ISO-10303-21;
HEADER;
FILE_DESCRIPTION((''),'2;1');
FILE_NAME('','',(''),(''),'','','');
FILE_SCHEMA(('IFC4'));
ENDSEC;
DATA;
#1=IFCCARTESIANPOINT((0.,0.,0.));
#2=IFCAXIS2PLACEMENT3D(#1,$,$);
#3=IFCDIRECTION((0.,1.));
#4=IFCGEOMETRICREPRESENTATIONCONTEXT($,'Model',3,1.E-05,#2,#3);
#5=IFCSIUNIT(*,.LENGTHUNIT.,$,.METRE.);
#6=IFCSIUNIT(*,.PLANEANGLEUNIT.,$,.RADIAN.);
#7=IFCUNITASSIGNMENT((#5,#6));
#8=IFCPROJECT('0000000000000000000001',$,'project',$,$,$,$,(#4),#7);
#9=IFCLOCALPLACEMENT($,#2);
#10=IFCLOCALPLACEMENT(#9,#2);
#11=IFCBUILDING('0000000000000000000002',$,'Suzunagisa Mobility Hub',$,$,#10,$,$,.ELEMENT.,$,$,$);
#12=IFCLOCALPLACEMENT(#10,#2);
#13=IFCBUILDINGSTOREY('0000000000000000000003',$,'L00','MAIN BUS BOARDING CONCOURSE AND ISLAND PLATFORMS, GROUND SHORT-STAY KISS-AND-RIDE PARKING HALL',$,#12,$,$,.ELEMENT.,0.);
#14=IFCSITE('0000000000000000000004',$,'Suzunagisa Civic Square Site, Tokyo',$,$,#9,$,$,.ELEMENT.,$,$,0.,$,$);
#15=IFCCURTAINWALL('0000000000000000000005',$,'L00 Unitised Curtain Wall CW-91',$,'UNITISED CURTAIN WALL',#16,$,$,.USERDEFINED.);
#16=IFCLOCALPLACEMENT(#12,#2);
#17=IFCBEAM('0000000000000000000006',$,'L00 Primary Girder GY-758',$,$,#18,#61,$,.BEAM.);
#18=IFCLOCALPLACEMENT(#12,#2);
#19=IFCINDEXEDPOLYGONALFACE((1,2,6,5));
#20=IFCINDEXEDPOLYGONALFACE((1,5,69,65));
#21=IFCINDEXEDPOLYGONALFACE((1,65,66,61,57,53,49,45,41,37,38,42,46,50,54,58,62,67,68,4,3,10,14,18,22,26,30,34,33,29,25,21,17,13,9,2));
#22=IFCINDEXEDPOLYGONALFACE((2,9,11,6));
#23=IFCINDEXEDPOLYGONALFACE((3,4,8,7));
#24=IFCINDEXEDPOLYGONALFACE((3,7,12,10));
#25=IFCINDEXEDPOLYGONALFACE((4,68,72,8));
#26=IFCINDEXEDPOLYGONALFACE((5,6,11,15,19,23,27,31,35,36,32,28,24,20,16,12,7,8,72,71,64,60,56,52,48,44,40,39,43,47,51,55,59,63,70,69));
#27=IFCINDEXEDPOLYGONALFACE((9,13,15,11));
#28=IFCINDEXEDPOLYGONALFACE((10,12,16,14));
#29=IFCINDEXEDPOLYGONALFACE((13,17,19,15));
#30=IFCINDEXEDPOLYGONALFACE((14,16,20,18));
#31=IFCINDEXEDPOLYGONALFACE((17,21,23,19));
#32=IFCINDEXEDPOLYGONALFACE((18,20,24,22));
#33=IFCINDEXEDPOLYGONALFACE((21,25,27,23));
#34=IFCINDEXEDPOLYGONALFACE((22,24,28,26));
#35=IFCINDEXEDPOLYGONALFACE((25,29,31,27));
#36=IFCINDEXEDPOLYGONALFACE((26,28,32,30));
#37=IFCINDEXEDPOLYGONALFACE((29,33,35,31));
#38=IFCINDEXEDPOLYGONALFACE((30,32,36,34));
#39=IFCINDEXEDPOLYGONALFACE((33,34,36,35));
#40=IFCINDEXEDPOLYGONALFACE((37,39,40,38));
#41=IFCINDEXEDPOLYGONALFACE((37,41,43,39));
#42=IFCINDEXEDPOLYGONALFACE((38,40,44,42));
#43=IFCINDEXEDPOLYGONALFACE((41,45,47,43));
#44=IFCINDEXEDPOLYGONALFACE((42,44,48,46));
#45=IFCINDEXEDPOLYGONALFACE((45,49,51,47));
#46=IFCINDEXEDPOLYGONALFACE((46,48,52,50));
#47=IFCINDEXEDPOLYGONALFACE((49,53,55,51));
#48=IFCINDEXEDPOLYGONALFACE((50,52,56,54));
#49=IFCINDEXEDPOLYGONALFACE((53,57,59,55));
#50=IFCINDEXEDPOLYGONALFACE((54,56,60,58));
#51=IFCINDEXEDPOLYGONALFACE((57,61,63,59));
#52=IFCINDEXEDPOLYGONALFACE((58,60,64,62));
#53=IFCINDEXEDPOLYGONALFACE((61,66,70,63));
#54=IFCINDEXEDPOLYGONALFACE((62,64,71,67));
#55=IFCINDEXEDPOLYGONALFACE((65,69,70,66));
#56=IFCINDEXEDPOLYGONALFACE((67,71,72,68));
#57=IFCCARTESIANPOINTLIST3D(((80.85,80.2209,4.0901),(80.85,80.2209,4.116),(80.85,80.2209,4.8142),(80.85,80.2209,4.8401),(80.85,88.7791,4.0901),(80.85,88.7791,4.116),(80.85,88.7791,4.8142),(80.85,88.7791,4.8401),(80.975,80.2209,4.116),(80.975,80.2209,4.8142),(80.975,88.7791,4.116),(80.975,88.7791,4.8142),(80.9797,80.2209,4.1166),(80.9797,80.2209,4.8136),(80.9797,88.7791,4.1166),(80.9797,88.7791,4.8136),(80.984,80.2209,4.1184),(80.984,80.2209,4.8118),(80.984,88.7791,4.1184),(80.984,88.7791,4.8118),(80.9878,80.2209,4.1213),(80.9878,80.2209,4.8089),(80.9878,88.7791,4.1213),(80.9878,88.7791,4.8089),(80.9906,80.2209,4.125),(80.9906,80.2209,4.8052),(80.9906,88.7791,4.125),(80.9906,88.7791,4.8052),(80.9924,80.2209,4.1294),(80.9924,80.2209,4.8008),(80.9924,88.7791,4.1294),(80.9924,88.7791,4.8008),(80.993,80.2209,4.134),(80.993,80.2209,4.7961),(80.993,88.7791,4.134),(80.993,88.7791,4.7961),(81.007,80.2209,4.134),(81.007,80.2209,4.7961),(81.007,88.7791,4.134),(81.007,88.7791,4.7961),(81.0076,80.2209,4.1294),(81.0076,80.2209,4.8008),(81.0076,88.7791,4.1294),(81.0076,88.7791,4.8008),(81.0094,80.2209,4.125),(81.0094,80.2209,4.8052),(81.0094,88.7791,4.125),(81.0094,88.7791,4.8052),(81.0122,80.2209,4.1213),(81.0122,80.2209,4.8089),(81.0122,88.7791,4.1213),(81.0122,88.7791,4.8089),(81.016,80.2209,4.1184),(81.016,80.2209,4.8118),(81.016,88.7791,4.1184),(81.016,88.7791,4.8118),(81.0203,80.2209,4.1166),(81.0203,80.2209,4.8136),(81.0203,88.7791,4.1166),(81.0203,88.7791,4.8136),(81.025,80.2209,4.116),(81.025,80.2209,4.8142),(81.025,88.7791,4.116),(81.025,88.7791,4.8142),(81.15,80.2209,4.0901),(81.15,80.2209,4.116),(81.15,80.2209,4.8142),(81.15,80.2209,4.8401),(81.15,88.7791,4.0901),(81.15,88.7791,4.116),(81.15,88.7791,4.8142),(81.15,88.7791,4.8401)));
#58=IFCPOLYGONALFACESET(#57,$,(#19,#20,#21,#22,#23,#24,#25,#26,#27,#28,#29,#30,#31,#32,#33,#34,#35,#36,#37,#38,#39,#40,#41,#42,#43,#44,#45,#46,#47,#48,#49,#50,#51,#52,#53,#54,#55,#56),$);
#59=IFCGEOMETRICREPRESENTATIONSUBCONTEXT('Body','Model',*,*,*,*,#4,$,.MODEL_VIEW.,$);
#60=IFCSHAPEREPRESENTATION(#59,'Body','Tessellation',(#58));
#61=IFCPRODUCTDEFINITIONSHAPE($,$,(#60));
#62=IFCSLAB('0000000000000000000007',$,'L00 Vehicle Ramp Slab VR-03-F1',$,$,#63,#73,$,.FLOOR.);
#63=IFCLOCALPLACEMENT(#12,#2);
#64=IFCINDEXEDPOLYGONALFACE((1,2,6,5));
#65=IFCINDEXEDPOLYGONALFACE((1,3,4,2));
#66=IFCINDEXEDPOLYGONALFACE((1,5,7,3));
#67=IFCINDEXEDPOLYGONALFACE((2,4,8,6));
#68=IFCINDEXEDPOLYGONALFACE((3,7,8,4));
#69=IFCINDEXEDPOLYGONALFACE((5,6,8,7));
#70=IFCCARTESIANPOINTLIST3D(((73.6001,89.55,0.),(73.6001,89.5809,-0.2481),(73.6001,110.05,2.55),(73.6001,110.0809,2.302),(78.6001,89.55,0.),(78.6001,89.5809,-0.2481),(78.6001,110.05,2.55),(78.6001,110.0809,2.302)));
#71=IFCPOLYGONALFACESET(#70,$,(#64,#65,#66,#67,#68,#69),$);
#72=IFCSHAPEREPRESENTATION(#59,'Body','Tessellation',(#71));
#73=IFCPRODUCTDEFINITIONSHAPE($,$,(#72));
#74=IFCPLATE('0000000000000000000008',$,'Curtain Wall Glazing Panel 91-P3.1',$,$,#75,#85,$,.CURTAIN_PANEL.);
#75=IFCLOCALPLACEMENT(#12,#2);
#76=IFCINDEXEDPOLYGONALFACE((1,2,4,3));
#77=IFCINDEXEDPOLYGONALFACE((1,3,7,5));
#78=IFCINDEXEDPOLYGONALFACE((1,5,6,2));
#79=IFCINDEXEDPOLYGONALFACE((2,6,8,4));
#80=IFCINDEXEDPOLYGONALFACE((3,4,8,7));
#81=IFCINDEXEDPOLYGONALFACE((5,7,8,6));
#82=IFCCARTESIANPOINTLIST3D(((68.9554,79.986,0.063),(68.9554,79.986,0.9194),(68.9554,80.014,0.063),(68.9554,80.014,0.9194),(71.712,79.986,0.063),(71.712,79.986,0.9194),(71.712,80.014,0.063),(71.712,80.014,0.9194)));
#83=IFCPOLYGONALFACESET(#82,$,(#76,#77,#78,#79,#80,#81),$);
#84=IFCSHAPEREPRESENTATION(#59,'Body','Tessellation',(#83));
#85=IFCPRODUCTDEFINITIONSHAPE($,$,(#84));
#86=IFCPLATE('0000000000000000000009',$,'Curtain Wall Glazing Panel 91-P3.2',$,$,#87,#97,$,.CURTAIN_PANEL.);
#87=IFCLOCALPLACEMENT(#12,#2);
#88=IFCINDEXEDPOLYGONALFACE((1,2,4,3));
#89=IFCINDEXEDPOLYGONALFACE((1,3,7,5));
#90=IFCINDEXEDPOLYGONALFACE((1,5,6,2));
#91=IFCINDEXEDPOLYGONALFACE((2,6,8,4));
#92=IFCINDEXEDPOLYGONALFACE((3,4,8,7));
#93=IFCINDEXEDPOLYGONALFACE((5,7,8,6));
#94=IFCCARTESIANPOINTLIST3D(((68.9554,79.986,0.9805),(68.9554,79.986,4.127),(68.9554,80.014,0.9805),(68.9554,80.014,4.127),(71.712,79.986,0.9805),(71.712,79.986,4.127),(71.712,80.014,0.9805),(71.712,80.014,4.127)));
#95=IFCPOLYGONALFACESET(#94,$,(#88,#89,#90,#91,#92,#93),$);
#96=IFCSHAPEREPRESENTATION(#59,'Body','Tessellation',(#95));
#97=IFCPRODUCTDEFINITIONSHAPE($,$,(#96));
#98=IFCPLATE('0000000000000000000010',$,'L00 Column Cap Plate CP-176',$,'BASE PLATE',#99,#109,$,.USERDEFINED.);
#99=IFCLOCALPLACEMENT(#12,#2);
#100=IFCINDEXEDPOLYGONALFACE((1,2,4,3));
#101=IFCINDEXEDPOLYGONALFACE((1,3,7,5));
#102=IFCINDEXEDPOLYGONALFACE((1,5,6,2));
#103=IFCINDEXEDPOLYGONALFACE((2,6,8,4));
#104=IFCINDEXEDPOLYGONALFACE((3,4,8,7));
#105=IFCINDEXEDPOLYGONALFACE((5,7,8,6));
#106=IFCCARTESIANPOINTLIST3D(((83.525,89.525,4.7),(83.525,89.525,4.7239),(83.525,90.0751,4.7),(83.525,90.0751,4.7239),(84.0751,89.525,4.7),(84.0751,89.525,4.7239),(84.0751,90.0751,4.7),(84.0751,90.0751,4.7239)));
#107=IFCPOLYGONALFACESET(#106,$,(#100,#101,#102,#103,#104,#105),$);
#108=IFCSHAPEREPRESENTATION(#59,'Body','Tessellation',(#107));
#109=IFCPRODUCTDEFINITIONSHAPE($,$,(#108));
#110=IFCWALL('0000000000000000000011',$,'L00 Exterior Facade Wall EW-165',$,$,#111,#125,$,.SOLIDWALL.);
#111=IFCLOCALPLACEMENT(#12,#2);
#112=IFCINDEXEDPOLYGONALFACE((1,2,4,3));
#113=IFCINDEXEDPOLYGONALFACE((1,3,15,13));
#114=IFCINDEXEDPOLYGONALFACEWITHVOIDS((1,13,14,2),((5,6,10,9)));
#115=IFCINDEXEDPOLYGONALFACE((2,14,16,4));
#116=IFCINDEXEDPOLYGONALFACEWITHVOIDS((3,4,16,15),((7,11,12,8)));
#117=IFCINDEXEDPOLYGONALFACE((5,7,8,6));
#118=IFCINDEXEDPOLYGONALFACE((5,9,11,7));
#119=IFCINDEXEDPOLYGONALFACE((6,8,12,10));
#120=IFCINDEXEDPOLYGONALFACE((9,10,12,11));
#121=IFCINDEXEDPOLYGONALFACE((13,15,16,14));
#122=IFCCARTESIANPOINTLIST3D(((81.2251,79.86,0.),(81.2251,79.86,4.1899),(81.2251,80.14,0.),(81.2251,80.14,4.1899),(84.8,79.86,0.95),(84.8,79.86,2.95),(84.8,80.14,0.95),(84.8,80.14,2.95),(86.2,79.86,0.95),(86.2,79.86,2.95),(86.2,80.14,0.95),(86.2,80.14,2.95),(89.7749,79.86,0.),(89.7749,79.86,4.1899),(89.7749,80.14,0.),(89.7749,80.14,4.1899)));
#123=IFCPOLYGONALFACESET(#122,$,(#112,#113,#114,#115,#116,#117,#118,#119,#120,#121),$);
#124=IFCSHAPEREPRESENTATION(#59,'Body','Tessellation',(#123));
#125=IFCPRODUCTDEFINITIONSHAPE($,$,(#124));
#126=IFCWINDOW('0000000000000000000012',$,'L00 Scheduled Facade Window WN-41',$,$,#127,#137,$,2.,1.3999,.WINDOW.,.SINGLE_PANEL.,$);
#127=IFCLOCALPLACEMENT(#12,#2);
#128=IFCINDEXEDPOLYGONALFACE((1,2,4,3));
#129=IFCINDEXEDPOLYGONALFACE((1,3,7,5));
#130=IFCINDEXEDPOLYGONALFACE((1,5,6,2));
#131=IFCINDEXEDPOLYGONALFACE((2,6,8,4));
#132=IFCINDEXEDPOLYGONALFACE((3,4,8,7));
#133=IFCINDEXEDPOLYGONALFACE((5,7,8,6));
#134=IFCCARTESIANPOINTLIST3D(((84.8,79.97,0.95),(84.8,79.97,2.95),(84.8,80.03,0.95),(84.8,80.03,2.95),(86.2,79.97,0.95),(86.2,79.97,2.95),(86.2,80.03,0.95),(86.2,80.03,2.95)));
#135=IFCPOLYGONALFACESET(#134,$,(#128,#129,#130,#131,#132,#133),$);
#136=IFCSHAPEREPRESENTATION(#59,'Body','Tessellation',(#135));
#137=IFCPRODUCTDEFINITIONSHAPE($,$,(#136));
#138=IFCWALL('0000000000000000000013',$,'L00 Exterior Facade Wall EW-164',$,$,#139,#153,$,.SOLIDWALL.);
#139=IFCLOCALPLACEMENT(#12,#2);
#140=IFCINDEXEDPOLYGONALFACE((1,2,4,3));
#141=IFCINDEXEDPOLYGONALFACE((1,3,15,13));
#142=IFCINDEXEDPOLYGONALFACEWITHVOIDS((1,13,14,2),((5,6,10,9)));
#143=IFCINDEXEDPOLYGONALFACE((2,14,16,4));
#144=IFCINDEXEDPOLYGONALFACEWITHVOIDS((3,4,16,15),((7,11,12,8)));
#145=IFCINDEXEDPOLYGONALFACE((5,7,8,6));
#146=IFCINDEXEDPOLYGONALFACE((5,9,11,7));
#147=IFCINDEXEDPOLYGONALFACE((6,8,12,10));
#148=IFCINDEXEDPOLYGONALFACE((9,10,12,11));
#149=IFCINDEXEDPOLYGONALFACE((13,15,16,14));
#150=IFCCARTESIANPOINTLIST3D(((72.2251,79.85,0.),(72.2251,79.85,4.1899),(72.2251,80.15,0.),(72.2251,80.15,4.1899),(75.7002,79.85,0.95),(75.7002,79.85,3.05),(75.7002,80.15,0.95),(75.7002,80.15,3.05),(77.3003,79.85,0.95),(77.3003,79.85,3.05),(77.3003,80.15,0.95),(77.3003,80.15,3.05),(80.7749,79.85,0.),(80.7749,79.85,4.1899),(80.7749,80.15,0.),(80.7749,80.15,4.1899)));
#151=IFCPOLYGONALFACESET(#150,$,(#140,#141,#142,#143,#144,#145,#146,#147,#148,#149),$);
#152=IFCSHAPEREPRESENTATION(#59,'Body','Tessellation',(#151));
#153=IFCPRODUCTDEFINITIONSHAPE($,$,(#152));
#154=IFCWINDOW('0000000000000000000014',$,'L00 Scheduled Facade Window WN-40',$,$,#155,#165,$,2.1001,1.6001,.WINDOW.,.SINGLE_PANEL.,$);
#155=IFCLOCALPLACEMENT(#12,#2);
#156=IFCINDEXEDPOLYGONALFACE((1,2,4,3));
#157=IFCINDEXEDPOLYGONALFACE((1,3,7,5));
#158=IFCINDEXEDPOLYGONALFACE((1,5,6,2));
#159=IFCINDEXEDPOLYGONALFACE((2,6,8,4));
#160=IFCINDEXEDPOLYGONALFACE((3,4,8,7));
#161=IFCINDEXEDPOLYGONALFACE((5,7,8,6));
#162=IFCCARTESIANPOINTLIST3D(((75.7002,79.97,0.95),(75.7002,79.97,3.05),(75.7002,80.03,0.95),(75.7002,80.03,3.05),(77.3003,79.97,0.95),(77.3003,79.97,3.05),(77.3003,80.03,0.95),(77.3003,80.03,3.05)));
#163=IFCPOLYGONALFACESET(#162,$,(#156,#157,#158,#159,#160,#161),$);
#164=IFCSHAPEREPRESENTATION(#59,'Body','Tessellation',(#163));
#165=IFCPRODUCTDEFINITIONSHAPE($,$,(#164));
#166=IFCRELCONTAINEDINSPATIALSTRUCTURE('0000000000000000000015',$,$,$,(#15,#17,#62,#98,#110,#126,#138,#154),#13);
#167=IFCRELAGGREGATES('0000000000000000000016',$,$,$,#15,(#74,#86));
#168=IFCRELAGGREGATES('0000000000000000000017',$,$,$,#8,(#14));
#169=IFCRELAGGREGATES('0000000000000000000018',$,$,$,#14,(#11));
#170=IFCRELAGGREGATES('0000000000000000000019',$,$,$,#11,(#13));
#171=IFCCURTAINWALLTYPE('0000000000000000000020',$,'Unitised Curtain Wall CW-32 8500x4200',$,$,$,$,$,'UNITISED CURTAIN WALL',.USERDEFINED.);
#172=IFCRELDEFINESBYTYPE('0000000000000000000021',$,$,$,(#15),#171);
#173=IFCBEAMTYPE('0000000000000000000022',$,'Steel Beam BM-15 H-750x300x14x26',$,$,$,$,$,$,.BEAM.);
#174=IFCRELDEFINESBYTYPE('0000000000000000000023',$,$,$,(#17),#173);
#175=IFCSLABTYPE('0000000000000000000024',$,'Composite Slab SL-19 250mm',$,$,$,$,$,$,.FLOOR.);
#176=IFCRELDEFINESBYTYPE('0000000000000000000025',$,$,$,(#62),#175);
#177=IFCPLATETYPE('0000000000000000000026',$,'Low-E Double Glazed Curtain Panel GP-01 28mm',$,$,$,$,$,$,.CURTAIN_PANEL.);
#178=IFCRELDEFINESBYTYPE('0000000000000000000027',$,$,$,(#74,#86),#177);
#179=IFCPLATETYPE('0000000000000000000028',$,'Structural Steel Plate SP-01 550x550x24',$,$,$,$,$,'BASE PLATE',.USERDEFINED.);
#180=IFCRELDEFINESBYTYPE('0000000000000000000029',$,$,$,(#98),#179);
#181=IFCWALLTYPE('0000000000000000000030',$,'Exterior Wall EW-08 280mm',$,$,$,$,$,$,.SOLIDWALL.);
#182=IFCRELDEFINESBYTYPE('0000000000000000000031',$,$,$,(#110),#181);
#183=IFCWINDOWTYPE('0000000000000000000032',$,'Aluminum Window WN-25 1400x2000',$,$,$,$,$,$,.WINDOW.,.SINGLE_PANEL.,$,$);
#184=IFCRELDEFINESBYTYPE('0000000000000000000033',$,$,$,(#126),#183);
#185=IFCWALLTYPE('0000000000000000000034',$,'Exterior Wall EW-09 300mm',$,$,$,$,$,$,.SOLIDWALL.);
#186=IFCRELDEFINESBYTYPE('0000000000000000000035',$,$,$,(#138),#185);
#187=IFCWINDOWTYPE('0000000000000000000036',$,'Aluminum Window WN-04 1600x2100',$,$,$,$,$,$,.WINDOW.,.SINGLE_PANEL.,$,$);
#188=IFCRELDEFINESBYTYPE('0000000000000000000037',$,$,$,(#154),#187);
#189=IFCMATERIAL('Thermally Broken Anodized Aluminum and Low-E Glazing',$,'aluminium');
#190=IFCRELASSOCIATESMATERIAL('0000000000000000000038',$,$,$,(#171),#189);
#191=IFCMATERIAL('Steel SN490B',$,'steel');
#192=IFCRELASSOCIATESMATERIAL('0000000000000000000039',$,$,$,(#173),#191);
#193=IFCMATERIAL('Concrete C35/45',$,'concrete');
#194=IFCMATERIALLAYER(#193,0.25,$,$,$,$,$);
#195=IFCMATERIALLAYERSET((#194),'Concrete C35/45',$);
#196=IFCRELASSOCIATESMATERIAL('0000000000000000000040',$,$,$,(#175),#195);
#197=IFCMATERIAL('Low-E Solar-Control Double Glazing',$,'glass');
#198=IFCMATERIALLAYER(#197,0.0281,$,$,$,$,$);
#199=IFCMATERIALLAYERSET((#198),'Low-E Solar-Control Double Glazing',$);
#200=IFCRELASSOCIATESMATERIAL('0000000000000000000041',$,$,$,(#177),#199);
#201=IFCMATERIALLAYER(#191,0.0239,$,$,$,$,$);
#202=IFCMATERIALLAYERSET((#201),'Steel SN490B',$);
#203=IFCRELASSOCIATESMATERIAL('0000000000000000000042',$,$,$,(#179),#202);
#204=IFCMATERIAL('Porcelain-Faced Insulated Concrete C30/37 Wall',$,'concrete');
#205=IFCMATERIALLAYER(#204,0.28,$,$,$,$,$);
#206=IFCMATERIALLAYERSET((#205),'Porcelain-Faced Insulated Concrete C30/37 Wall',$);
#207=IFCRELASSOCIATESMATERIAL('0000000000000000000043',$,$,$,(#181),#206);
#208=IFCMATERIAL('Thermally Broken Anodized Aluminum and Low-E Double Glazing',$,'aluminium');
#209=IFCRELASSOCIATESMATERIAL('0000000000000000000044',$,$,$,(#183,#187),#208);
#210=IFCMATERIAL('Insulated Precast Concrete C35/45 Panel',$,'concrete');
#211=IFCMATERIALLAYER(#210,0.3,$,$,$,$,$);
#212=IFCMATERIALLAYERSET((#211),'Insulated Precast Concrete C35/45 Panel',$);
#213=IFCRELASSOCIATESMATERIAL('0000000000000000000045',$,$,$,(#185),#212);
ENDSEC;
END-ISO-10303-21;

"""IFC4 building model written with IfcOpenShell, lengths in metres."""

from ifc_helpers import new_model, si_unit, direction, frame, frame_2d, origin, origin_2d, place, context, subcontext, project, spatial, polyline, rectangle, i_section, outline, extrude, material, layer, layer_set, material_profile, profile_set, type_object, element, fill, aggregate, save


model = new_model("IFC4")

# Units and contexts
model_context = context("Model", 3, precision=1e-05, world=origin(), true_north=direction((0.0, 1.0)))
body_context = subcontext(model_context, "Body", "Model", "MODEL_VIEW")
ifc_project = project(units=[si_unit("LENGTHUNIT", "METRE"), si_unit("PLANEANGLEUNIT", "RADIAN")], contexts=[model_context])

# Site, building, storey
site_placement = place(None, origin())
site = spatial("IfcSite", under=ifc_project, at=site_placement, Name="Suzunagisa Civic Square Site, Tokyo", CompositionType="ELEMENT", RefElevation=0.0)
building_placement = place(site_placement, origin())
building = spatial("IfcBuilding", under=site, at=building_placement, Name="Suzunagisa Mobility Hub", CompositionType="ELEMENT")
storey_placement = place(building_placement, origin())
storey = spatial("IfcBuildingStorey", under=building, at=storey_placement, Name="L00", Description="MAIN BUS BOARDING CONCOURSE AND ISLAND PLATFORMS, GROUND SHORT-STAY KISS-AND-RIDE PARKING HALL", CompositionType="ELEMENT", Elevation=0.0)

# Shared definitions
ifc_material_1 = material(Name="Steel SN490B", Category="steel")

# Curtain wall
ifc_material_2 = material(Name="Thermally Broken Anodized Aluminum and Low-E Glazing", Category="aluminium")
curtain_wall_type = type_object("IfcCurtainWallType", Name="Unitised Curtain Wall CW-32 8500x4200", ElementType="UNITISED CURTAIN WALL", PredefinedType="USERDEFINED", material=ifc_material_2)
curtain_wall_placement = place(storey_placement, origin())
curtain_wall = element("IfcCurtainWall", 1, at=curtain_wall_placement, inside=storey, type_object=curtain_wall_type, Name="L00 Unitised Curtain Wall CW-91", ObjectType="UNITISED CURTAIN WALL", PredefinedType="USERDEFINED")

# Beam
ifc_material_profile_1 = material_profile(ifc_material_1, i_section(OverallWidth=0.3, OverallDepth=0.75, WebThickness=0.0139, FlangeThickness=0.0259, FilletRadius=0.0181, at=origin_2d()), Name="H-750x300x14x26")
ifc_profile_set_1 = profile_set([ifc_material_profile_1], Name="Steel SN490B")
beam_type_1 = type_object("IfcBeamType", Name="Steel Beam BM-15 H-750x300x14x26", PredefinedType="BEAM", material=ifc_profile_set_1)
beam_1_placement = place(storey_placement, frame((81.0, 80.2209, 4.4651), z_axis=(0.0, 1.0, 0.0), x_axis=(-1.0, 0.0, 0.0)))
element("IfcBeam", 2, at=beam_1_placement, inside=storey, type_object=beam_type_1, Name="L00 Primary Girder GY-758", PredefinedType="BEAM", context=body_context, shape_type="SweptSolid", body=[
    extrude(i_section(OverallWidth=0.3, OverallDepth=0.75, WebThickness=0.0139, FlangeThickness=0.0259, FilletRadius=0.0181, at=origin_2d()), origin(), (0.0, 0.0, 1.0), 8.5581),
])

# Slab
ifc_material_3 = material(Name="Concrete C35/45", Category="concrete")
ifc_layer_1 = layer(ifc_material_3, 0.25)
ifc_layer_set_1 = layer_set([ifc_layer_1], Name="Concrete C35/45")
slab_type = type_object("IfcSlabType", Name="Composite Slab SL-19 250mm", PredefinedType="FLOOR", material=ifc_layer_set_1)
slab_placement = place(storey_placement, frame((73.6001, 89.55, 0.0), z_axis=(0.0, -0.123441, 0.992352), x_axis=(1.0, 0.0, 0.0)))
element("IfcSlab", 3, at=slab_placement, inside=storey, type_object=slab_type, Name="L00 Vehicle Ramp Slab VR-03-F1", PredefinedType="FLOOR", context=body_context, shape_type="SweptSolid", body=[
    extrude(outline(polyline([(0.0, 0.0), (5.0, 0.0), (5.0, 20.658), (0.0, 20.658), (0.0, 0.0)])), origin(), (0.0, 0.0, -1.0), 0.25),
])

# Plates
ifc_material_4 = material(Name="Low-E Solar-Control Double Glazing", Category="glass")
ifc_layer_2 = layer(ifc_material_4, 0.0281)
ifc_layer_set_2 = layer_set([ifc_layer_2], Name="Low-E Solar-Control Double Glazing")
plate_type_1 = type_object("IfcPlateType", Name="Low-E Double Glazed Curtain Panel GP-01 28mm", PredefinedType="CURTAIN_PANEL", material=ifc_layer_set_2)
plate_1_placement = place(storey_placement, frame((70.3337, 80.0, 0.063), z_axis=(0.0, 0.0, 1.0), x_axis=(1.0, 0.0, 0.0)))
plate_1 = element("IfcPlate", 4, at=plate_1_placement, type_object=plate_type_1, Name="Curtain Wall Glazing Panel 91-P3.1", PredefinedType="CURTAIN_PANEL", context=body_context, shape_type="SweptSolid", body=[
    extrude(rectangle(XDim=2.7566, YDim=0.0281, at=origin_2d()), origin(), (0.0, 0.0, 1.0), 0.8564),
])
plate_2_placement = place(storey_placement, frame((70.3337, 80.0, 0.9805), z_axis=(0.0, 0.0, 1.0), x_axis=(1.0, 0.0, 0.0)))
plate_2 = element("IfcPlate", 5, at=plate_2_placement, type_object=plate_type_1, Name="Curtain Wall Glazing Panel 91-P3.2", PredefinedType="CURTAIN_PANEL", context=body_context, shape_type="SweptSolid", body=[
    extrude(rectangle(XDim=2.7566, YDim=0.0281, at=origin_2d()), origin(), (0.0, 0.0, 1.0), 3.1465),
])
aggregate(curtain_wall, [plate_1, plate_2])
ifc_layer_3 = layer(ifc_material_1, 0.0239)
ifc_layer_set_3 = layer_set([ifc_layer_3], Name="Steel SN490B")
plate_type_2 = type_object("IfcPlateType", Name="Structural Steel Plate SP-01 550x550x24", ElementType="BASE PLATE", PredefinedType="USERDEFINED", material=ifc_layer_set_3)
plate_3_placement = place(storey_placement, frame((83.8, 89.8, 4.7), z_axis=(0.0, 0.0, 1.0), x_axis=(1.0, 0.0, 0.0)))
element("IfcPlate", 6, at=plate_3_placement, inside=storey, type_object=plate_type_2, Name="L00 Column Cap Plate CP-176", ObjectType="BASE PLATE", PredefinedType="USERDEFINED", context=body_context, shape_type="SweptSolid", body=[
    extrude(rectangle(XDim=0.55, YDim=0.55, at=origin_2d()), origin(), (0.0, 0.0, 1.0), 0.0239),
])

# Walls, openings, windows
ifc_material_5 = material(Name="Porcelain-Faced Insulated Concrete C30/37 Wall", Category="concrete")
ifc_layer_4 = layer(ifc_material_5, 0.28)
ifc_layer_set_4 = layer_set([ifc_layer_4], Name="Porcelain-Faced Insulated Concrete C30/37 Wall")
wall_type_1 = type_object("IfcWallType", Name="Exterior Wall EW-08 280mm", PredefinedType="SOLIDWALL", material=ifc_layer_set_4)
wall_1_placement = place(storey_placement, frame((81.2251, 80.0, 0.0), z_axis=(0.0, 0.0, 1.0), x_axis=(1.0, 0.0, 0.0)))
wall_1 = element("IfcWall", 7, at=wall_1_placement, inside=storey, type_object=wall_type_1, Name="L00 Exterior Facade Wall EW-165", PredefinedType="SOLIDWALL", context=body_context, shape_type="SweptSolid", body=[
    extrude(rectangle(XDim=8.5498, YDim=0.28, at=frame_2d((4.2749, 0.0))), origin(), (0.0, 0.0, 1.0), 4.1899),
])
opening_1_placement = place(wall_1_placement, frame((3.575, 0.0, 0.95)))
opening_1 = element("IfcOpeningElement", 8, at=opening_1_placement, cuts=wall_1, PredefinedType="OPENING", context=body_context, shape_type="SweptSolid", body=[
    extrude(rectangle(XDim=1.3999, YDim=2.0, at=frame_2d((0.7, 1.0))), frame((0.0, 0.1509, 0.0), z_axis=(0.0, -1.0, 0.0), x_axis=(1.0, 0.0, 0.0)), (0.0, 0.0, 1.0), 0.302),
])
ifc_material_6 = material(Name="Thermally Broken Anodized Aluminum and Low-E Double Glazing", Category="aluminium")
window_type_1 = type_object("IfcWindowType", Name="Aluminum Window WN-25 1400x2000", PartitioningType="SINGLE_PANEL", PredefinedType="WINDOW", material=ifc_material_6)
window_1_placement = place(opening_1_placement, origin())
window_1 = element("IfcWindow", 9, at=window_1_placement, inside=storey, type_object=window_type_1, Name="L00 Scheduled Facade Window WN-41", OverallHeight=2.0, OverallWidth=1.3999, PartitioningType="SINGLE_PANEL", PredefinedType="WINDOW", context=body_context, shape_type="SweptSolid", body=[
    extrude(rectangle(XDim=1.3999, YDim=2.0, at=frame_2d((0.7, 1.0))), frame((0.0, 0.03, 0.0), z_axis=(0.0, -1.0, 0.0), x_axis=(1.0, 0.0, 0.0)), (0.0, 0.0, 1.0), 0.0601),
])
fill(opening_1, window_1)
ifc_material_7 = material(Name="Insulated Precast Concrete C35/45 Panel", Category="concrete")
ifc_layer_5 = layer(ifc_material_7, 0.3)
ifc_layer_set_5 = layer_set([ifc_layer_5], Name="Insulated Precast Concrete C35/45 Panel")
wall_type_2 = type_object("IfcWallType", Name="Exterior Wall EW-09 300mm", PredefinedType="SOLIDWALL", material=ifc_layer_set_5)
wall_2_placement = place(storey_placement, frame((72.2251, 80.0, 0.0), z_axis=(0.0, 0.0, 1.0), x_axis=(1.0, 0.0, 0.0)))
wall_2 = element("IfcWall", 10, at=wall_2_placement, inside=storey, type_object=wall_type_2, Name="L00 Exterior Facade Wall EW-164", PredefinedType="SOLIDWALL", context=body_context, shape_type="SweptSolid", body=[
    extrude(rectangle(XDim=8.5498, YDim=0.3, at=frame_2d((4.2749, 0.0))), origin(), (0.0, 0.0, 1.0), 4.1899),
])
opening_2_placement = place(wall_2_placement, frame((3.4751, 0.0, 0.95)))
opening_2 = element("IfcOpeningElement", 11, at=opening_2_placement, cuts=wall_2, PredefinedType="OPENING", context=body_context, shape_type="SweptSolid", body=[
    extrude(rectangle(XDim=1.6001, YDim=2.1001, at=frame_2d((0.8, 1.05))), frame((0.0, 0.1611, 0.0), z_axis=(0.0, -1.0, 0.0), x_axis=(1.0, 0.0, 0.0)), (0.0, 0.0, 1.0), 0.322),
])
window_type_2 = type_object("IfcWindowType", Name="Aluminum Window WN-04 1600x2100", PartitioningType="SINGLE_PANEL", PredefinedType="WINDOW", material=ifc_material_6)
window_2_placement = place(opening_2_placement, origin())
window_2 = element("IfcWindow", 12, at=window_2_placement, inside=storey, type_object=window_type_2, Name="L00 Scheduled Facade Window WN-40", OverallHeight=2.1001, OverallWidth=1.6001, PartitioningType="SINGLE_PANEL", PredefinedType="WINDOW", context=body_context, shape_type="SweptSolid", body=[
    extrude(rectangle(XDim=1.6001, YDim=2.1001, at=frame_2d((0.8, 1.05))), frame((0.0, 0.03, 0.0), z_axis=(0.0, -1.0, 0.0), x_axis=(1.0, 0.0, 0.0)), (0.0, 0.0, 1.0), 0.0601),
])
fill(opening_2, window_2)

save(model, "model.ifc")
